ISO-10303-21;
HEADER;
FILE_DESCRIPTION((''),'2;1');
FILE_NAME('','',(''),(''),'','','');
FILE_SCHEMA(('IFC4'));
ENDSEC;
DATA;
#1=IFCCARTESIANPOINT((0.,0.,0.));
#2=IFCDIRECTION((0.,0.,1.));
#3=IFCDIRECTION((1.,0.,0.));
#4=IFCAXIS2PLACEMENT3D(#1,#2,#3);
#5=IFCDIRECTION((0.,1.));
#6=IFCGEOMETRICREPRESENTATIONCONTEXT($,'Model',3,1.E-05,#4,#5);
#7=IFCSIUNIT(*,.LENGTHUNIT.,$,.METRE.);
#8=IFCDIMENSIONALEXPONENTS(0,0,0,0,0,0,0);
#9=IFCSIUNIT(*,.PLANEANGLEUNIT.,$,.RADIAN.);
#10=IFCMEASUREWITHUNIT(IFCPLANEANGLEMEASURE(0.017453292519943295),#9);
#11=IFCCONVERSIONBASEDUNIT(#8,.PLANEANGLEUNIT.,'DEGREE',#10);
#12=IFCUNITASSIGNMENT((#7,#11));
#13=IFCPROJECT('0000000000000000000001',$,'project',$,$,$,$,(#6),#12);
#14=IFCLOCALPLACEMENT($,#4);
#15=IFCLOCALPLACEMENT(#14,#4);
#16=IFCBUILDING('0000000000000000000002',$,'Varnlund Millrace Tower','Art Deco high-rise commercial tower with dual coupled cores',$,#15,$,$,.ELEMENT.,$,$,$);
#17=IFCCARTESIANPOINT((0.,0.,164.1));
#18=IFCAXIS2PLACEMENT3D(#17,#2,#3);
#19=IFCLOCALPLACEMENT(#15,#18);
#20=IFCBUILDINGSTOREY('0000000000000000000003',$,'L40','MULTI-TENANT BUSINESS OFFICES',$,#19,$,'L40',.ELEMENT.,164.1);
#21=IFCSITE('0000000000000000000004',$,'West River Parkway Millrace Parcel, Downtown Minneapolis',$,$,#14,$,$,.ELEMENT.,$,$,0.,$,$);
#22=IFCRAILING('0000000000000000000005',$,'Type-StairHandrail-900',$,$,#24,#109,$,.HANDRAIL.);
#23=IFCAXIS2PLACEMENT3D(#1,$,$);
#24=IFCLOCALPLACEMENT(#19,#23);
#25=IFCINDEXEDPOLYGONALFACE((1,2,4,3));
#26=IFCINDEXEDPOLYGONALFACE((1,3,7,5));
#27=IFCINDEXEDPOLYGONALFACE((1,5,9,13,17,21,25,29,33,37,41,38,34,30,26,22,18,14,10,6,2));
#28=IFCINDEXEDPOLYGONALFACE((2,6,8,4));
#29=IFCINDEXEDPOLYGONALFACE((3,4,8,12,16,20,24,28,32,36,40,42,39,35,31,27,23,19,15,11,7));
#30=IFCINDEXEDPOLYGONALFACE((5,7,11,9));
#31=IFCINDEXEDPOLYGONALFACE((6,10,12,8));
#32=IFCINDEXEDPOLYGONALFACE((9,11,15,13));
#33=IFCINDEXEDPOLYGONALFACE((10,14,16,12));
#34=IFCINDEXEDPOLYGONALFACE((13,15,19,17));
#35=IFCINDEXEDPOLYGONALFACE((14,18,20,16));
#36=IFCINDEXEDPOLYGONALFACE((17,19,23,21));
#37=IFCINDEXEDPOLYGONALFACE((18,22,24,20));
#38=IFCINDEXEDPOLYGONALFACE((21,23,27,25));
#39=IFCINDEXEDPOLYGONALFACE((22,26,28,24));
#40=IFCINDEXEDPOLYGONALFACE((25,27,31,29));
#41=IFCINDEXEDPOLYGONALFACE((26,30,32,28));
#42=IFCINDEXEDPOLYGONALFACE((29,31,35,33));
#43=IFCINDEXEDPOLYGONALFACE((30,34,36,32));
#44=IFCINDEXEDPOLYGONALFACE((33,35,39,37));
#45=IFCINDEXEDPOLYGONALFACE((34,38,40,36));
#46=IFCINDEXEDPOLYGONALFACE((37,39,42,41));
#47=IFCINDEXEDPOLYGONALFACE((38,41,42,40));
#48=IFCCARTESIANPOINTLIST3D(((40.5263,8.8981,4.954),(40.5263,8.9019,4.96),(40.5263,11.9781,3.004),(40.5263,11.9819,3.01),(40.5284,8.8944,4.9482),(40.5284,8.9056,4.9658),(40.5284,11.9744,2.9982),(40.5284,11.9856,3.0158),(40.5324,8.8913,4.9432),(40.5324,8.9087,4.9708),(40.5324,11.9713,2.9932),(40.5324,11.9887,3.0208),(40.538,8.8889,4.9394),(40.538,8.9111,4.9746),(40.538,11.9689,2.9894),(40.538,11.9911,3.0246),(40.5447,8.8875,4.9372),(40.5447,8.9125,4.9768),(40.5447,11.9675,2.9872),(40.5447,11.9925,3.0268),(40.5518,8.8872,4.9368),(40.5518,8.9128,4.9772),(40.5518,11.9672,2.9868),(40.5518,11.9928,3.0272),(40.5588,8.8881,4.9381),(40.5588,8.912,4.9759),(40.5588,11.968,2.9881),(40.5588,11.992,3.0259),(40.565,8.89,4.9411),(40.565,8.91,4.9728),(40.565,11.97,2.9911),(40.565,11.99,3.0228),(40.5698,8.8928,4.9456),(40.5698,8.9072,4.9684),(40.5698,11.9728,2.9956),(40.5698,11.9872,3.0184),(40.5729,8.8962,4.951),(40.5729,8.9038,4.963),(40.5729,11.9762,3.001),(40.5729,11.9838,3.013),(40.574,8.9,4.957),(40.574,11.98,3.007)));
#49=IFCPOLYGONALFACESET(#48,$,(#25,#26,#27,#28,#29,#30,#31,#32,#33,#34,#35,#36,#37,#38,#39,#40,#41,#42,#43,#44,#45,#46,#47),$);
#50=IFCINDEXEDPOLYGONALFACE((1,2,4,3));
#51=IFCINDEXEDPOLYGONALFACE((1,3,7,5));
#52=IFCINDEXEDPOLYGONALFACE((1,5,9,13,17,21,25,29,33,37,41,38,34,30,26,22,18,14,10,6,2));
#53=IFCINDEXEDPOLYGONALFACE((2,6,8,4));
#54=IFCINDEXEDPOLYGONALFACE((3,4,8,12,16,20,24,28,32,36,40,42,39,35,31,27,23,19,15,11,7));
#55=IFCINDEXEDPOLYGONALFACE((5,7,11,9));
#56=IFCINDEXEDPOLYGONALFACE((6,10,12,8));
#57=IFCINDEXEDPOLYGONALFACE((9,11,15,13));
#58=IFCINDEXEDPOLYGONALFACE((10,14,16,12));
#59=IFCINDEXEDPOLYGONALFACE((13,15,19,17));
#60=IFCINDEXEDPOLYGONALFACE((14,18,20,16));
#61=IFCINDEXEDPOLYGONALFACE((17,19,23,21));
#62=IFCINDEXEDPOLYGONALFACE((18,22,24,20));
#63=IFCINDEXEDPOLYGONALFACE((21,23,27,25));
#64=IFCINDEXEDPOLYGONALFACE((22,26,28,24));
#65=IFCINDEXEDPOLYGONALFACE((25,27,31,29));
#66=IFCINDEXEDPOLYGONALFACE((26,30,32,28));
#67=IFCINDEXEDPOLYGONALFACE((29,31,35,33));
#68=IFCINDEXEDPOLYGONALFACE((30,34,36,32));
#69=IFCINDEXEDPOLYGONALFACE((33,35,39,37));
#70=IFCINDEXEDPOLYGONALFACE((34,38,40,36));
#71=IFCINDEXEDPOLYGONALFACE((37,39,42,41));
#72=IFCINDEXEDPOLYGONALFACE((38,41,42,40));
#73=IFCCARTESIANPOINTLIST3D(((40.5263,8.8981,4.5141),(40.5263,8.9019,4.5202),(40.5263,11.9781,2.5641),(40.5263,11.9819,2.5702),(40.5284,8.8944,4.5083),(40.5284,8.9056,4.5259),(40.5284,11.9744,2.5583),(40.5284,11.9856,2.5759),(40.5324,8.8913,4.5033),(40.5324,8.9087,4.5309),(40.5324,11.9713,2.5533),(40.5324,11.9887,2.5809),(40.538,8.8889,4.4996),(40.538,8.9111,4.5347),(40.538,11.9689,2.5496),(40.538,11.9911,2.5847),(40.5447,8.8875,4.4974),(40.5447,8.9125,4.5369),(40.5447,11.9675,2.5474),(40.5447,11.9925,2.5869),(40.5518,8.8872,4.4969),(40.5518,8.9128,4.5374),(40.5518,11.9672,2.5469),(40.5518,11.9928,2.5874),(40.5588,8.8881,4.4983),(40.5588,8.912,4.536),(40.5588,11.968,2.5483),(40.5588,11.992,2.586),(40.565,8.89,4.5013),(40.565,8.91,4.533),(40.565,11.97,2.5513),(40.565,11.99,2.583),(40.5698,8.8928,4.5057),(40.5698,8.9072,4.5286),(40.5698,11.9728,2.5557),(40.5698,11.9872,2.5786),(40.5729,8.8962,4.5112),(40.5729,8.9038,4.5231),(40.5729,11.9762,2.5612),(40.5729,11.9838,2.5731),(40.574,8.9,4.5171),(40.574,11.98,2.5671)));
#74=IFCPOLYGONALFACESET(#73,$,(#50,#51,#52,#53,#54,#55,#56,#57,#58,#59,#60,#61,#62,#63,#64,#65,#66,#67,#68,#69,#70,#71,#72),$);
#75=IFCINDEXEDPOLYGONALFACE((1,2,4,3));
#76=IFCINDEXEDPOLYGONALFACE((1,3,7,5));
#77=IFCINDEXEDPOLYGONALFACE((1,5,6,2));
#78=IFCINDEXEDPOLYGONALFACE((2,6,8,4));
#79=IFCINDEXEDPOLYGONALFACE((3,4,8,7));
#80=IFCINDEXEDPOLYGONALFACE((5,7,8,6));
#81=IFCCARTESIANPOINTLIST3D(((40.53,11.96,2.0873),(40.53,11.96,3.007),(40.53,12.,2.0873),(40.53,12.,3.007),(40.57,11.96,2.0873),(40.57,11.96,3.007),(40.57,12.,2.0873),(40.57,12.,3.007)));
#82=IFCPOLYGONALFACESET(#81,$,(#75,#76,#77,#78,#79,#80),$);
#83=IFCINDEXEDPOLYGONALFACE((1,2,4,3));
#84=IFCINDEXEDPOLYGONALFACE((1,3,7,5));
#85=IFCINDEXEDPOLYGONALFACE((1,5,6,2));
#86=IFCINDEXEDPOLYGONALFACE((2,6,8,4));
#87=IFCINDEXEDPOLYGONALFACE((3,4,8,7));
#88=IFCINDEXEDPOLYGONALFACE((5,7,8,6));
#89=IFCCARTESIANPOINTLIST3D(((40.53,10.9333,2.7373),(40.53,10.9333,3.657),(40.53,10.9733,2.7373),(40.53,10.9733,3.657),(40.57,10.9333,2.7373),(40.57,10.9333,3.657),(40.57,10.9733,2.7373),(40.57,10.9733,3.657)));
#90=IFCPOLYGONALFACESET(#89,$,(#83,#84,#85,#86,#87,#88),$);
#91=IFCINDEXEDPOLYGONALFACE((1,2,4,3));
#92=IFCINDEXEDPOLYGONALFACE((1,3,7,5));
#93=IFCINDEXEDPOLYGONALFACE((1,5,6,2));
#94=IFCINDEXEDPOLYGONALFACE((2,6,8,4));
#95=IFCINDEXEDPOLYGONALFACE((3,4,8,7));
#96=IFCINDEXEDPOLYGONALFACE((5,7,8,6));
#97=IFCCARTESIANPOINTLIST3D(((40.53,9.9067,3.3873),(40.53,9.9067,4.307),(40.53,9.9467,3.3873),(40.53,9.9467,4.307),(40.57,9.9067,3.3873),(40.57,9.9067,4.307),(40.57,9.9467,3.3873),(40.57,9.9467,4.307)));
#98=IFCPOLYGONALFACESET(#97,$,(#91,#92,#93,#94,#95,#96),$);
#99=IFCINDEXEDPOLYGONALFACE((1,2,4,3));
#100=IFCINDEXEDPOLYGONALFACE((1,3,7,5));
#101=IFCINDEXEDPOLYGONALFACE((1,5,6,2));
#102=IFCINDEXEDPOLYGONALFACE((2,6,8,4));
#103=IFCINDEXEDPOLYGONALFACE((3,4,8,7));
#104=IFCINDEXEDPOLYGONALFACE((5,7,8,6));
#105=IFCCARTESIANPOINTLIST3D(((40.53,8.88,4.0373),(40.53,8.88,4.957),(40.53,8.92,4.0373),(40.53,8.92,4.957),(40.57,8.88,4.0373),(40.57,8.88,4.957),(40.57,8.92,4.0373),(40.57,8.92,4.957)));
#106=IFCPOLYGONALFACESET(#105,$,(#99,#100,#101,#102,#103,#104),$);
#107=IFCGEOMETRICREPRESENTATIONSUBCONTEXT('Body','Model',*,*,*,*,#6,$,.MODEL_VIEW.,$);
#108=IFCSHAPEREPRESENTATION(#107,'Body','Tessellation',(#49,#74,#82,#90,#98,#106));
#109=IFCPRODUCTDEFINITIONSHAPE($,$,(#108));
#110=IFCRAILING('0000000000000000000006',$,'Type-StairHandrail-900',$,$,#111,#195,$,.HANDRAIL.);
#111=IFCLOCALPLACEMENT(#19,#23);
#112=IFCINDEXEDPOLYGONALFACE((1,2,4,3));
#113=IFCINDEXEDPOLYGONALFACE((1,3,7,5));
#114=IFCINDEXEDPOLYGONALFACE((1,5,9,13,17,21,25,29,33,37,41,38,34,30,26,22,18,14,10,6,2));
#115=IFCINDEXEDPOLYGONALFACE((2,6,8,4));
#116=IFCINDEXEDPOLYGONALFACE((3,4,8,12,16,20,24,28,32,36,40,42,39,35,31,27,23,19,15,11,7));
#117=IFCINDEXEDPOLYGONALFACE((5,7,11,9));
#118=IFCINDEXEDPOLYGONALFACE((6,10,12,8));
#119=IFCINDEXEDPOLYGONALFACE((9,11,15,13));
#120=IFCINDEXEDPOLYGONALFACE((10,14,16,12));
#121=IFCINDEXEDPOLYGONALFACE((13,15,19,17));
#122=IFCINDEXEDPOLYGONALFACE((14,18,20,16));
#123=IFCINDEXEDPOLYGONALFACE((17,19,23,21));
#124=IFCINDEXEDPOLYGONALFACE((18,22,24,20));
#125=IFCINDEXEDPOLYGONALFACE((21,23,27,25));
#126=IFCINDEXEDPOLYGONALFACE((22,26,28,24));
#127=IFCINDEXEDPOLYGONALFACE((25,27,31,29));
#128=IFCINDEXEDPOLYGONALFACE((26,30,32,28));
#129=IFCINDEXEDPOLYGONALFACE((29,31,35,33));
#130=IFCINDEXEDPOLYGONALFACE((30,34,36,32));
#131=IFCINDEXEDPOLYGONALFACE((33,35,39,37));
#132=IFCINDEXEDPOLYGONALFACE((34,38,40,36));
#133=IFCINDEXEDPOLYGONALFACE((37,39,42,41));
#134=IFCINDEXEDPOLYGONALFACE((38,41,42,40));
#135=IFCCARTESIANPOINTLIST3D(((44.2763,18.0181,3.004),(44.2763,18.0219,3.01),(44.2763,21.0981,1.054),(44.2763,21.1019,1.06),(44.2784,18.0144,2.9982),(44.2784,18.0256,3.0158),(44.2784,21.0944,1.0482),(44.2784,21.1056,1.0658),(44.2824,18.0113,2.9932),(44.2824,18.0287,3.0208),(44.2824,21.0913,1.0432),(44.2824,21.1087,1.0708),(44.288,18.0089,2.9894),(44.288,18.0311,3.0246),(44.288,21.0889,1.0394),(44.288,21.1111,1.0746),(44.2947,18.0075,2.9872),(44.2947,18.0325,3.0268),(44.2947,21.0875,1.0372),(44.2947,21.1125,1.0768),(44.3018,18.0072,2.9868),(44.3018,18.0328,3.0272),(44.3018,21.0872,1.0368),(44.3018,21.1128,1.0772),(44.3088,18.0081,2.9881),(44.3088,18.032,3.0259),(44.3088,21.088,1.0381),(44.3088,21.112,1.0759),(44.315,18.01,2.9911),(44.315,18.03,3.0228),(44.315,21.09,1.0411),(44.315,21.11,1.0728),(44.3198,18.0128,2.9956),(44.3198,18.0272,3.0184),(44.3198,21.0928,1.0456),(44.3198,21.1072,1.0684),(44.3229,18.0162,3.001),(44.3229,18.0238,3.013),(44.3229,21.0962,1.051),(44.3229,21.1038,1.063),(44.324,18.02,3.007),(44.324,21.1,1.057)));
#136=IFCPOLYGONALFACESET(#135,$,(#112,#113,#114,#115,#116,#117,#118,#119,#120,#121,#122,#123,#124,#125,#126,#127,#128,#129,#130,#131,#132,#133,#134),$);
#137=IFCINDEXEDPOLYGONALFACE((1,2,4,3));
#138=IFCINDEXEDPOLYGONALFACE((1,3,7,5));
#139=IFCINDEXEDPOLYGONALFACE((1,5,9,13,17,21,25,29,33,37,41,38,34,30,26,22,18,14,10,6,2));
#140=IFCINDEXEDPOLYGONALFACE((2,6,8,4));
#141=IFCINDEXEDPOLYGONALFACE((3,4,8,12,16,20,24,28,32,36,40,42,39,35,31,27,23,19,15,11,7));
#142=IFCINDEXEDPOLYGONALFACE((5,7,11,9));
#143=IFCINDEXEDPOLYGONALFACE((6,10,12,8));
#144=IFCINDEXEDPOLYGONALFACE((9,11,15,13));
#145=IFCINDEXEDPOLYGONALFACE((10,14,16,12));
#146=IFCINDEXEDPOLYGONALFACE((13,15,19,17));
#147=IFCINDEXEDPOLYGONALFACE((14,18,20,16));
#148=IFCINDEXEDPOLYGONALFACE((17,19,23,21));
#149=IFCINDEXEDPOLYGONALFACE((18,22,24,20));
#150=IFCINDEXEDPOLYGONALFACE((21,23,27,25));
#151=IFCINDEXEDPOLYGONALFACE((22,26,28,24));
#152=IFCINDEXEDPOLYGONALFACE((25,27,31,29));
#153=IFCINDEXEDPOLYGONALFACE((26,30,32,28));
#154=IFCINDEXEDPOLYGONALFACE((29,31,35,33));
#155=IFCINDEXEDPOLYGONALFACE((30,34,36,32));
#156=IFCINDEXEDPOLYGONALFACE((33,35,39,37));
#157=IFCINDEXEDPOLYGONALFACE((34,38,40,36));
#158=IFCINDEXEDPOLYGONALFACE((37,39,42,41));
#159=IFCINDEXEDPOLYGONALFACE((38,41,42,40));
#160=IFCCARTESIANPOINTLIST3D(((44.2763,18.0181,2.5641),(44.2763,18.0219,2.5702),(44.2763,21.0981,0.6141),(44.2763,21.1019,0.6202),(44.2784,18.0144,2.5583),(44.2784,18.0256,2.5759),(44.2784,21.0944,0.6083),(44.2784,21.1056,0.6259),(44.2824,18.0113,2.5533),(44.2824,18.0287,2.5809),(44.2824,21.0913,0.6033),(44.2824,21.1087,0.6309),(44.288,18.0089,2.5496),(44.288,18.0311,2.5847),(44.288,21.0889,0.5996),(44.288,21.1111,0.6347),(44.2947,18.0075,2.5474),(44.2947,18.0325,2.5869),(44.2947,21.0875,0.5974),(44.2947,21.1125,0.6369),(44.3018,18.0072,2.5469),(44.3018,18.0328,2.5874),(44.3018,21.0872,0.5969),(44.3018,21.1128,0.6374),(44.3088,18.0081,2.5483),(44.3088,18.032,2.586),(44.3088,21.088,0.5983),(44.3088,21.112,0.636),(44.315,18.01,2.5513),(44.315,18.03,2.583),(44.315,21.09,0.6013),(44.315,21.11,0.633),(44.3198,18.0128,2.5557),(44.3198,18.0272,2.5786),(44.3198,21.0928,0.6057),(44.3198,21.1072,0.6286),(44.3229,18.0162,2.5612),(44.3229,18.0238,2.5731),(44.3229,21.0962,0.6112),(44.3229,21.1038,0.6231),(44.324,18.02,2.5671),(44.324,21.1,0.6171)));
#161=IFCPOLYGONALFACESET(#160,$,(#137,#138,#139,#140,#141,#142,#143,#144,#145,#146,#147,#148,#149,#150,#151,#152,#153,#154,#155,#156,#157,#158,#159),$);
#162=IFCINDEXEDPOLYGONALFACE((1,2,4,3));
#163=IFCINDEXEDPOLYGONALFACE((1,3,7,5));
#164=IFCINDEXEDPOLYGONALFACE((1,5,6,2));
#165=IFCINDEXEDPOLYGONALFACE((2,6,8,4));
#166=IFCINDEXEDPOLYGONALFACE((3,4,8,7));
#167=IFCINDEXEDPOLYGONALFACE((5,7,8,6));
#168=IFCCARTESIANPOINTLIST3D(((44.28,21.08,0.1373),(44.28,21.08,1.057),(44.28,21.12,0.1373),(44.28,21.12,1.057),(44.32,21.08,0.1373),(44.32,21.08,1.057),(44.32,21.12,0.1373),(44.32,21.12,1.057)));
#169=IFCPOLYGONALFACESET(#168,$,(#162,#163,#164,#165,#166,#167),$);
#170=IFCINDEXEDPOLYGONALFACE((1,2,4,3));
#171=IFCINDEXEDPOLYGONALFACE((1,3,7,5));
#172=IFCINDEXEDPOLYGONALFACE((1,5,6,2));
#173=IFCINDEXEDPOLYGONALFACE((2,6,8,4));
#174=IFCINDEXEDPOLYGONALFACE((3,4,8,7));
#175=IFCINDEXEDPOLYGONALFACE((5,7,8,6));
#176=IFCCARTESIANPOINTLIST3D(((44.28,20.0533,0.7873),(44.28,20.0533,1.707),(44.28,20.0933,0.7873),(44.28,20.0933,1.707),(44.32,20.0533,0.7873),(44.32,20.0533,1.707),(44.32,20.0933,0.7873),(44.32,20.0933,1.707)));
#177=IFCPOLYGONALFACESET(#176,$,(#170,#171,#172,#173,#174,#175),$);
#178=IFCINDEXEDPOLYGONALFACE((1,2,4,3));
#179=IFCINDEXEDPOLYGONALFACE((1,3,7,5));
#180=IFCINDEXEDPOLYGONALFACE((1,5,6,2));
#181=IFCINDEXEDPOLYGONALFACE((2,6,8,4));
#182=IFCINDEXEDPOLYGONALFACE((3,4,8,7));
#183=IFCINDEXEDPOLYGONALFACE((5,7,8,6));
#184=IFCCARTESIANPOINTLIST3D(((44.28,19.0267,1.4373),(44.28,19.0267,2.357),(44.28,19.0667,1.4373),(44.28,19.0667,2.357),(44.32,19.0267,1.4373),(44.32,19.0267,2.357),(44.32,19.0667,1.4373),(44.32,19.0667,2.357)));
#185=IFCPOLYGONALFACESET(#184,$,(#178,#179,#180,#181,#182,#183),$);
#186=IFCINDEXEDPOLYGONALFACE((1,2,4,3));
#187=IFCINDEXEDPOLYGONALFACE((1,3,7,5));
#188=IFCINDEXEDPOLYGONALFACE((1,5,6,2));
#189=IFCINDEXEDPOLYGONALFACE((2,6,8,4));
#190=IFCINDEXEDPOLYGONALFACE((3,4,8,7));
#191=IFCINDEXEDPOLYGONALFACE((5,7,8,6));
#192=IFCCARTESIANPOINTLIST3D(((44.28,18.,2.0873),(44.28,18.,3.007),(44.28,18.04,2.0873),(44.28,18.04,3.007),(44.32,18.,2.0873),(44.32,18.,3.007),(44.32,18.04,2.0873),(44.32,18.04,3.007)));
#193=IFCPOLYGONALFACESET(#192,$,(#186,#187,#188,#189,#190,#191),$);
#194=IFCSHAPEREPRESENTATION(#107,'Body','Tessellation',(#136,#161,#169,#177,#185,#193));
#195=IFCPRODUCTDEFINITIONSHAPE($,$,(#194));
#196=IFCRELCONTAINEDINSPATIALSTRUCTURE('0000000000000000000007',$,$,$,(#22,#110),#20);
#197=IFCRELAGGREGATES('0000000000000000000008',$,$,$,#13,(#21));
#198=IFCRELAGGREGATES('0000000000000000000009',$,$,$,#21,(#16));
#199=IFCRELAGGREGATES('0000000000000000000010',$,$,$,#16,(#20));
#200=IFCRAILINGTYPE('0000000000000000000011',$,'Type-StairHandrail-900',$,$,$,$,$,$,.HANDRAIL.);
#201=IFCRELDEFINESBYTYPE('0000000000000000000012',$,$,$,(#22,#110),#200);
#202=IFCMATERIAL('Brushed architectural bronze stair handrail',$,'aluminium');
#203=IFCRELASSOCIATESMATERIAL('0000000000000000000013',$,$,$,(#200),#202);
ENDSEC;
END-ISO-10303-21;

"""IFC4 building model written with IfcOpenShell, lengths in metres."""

from ifc_helpers import new_model, entity, si_unit, converted_unit, direction, frame, origin_with_axes, origin_2d_with_axis, place, context, subcontext, project, spatial, rectangle, circle, extrude, material, type_object, element, save


model = new_model("IFC4")

# Units and contexts
model_context = context("Model", 3, precision=1e-05, world=origin_with_axes(), true_north=direction((0.0, 1.0)))
body_context = subcontext(model_context, "Body", "Model", "MODEL_VIEW")
ifc_project = project(units=[si_unit("LENGTHUNIT", "METRE"), converted_unit("PLANEANGLEUNIT", "DEGREE", entity("IfcPlaneAngleMeasure", 0.017453292519943295), si_unit("PLANEANGLEUNIT", "RADIAN"), dimensions=[0, 0, 0, 0, 0, 0, 0])], contexts=[model_context])

# Site, building, storey
site_placement = place(None, origin_with_axes())
site = spatial("IfcSite", under=ifc_project, at=site_placement, Name="West River Parkway Millrace Parcel, Downtown Minneapolis", CompositionType="ELEMENT", RefElevation=0.0)
building_placement = place(site_placement, origin_with_axes())
building = spatial("IfcBuilding", under=site, at=building_placement, Name="Varnlund Millrace Tower", Description="Art Deco high-rise commercial tower with dual coupled cores", CompositionType="ELEMENT")
storey_placement = place(building_placement, frame((0.0, 0.0, 164.1), z_axis=(0.0, 0.0, 1.0), x_axis=(1.0, 0.0, 0.0)))
storey = spatial("IfcBuildingStorey", under=building, at=storey_placement, Name="L40", Description="MULTI-TENANT BUSINESS OFFICES", LongName="L40", CompositionType="ELEMENT", Elevation=164.1)

# Railings
ifc_material_1 = material(Name="Brushed architectural bronze stair handrail", Category="aluminium")
railing_type_1 = type_object("IfcRailingType", Name="Type-StairHandrail-900", PredefinedType="HANDRAIL", material=ifc_material_1)
railing_1_placement = place(storey_placement, frame((0.0, 0.0, -164.1), z_axis=(0.0, 0.0, 1.0), x_axis=(1.0, 0.0, 0.0)))
element("IfcRailing", 1, at=railing_1_placement, inside=storey, type_object=railing_type_1, Name="Type-StairHandrail-900", PredefinedType="HANDRAIL", context=body_context, shape_type="SweptSolid", body=[
    extrude(circle(Radius=0.024, at=origin_2d_with_axis()), frame((40.55, 11.98, 167.107), z_axis=(0.0, -0.844902, 0.534922), x_axis=(1.0, 0.0, 0.0)), (0.0, 0.0, 1.0), 3.6454),
    extrude(circle(Radius=0.024, at=origin_2d_with_axis()), frame((40.55, 11.98, 166.6671), z_axis=(0.0, -0.844902, 0.534922), x_axis=(1.0, 0.0, 0.0)), (0.0, 0.0, 1.0), 3.6454),
    extrude(rectangle(XDim=0.04, YDim=0.04, at=origin_2d_with_axis()), frame((40.55, 11.98, 166.1873), z_axis=(0.0, 0.0, 1.0), x_axis=(1.0, 0.0, 0.0)), (0.0, 0.0, 1.0), 0.9197),
    extrude(rectangle(XDim=0.04, YDim=0.04, at=origin_2d_with_axis()), frame((40.55, 10.9533, 166.8373), z_axis=(0.0, 0.0, 1.0), x_axis=(1.0, 0.0, 0.0)), (0.0, 0.0, 1.0), 0.9197),
    extrude(rectangle(XDim=0.04, YDim=0.04, at=origin_2d_with_axis()), frame((40.55, 9.9267, 167.4873), z_axis=(0.0, 0.0, 1.0), x_axis=(1.0, 0.0, 0.0)), (0.0, 0.0, 1.0), 0.9197),
    extrude(rectangle(XDim=0.04, YDim=0.04, at=origin_2d_with_axis()), frame((40.55, 8.9, 168.1373), z_axis=(0.0, 0.0, 1.0), x_axis=(1.0, 0.0, 0.0)), (0.0, 0.0, 1.0), 0.9197),
])
railing_2_placement = place(storey_placement, frame((0.0, 0.0, -164.1), z_axis=(0.0, 0.0, 1.0), x_axis=(1.0, 0.0, 0.0)))
element("IfcRailing", 2, at=railing_2_placement, inside=storey, type_object=railing_type_1, Name="Type-StairHandrail-900", PredefinedType="HANDRAIL", context=body_context, shape_type="SweptSolid", body=[
    extrude(circle(Radius=0.024, at=origin_2d_with_axis()), frame((44.3, 21.1, 165.157), z_axis=(0.0, -0.844902, 0.534922), x_axis=(1.0, 0.0, 0.0)), (0.0, 0.0, 1.0), 3.6454),
    extrude(circle(Radius=0.024, at=origin_2d_with_axis()), frame((44.3, 21.1, 164.7171), z_axis=(0.0, -0.844902, 0.534922), x_axis=(1.0, 0.0, 0.0)), (0.0, 0.0, 1.0), 3.6454),
    extrude(rectangle(XDim=0.04, YDim=0.04, at=origin_2d_with_axis()), frame((44.3, 21.1, 164.2373), z_axis=(0.0, 0.0, 1.0), x_axis=(1.0, 0.0, 0.0)), (0.0, 0.0, 1.0), 0.9197),
    extrude(rectangle(XDim=0.04, YDim=0.04, at=origin_2d_with_axis()), frame((44.3, 20.0733, 164.8873), z_axis=(0.0, 0.0, 1.0), x_axis=(1.0, 0.0, 0.0)), (0.0, 0.0, 1.0), 0.9197),
    extrude(rectangle(XDim=0.04, YDim=0.04, at=origin_2d_with_axis()), frame((44.3, 19.0467, 165.5373), z_axis=(0.0, 0.0, 1.0), x_axis=(1.0, 0.0, 0.0)), (0.0, 0.0, 1.0), 0.9197),
    extrude(rectangle(XDim=0.04, YDim=0.04, at=origin_2d_with_axis()), frame((44.3, 18.02, 166.1873), z_axis=(0.0, 0.0, 1.0), x_axis=(1.0, 0.0, 0.0)), (0.0, 0.0, 1.0), 0.9197),
])

save(model, "model.ifc")
